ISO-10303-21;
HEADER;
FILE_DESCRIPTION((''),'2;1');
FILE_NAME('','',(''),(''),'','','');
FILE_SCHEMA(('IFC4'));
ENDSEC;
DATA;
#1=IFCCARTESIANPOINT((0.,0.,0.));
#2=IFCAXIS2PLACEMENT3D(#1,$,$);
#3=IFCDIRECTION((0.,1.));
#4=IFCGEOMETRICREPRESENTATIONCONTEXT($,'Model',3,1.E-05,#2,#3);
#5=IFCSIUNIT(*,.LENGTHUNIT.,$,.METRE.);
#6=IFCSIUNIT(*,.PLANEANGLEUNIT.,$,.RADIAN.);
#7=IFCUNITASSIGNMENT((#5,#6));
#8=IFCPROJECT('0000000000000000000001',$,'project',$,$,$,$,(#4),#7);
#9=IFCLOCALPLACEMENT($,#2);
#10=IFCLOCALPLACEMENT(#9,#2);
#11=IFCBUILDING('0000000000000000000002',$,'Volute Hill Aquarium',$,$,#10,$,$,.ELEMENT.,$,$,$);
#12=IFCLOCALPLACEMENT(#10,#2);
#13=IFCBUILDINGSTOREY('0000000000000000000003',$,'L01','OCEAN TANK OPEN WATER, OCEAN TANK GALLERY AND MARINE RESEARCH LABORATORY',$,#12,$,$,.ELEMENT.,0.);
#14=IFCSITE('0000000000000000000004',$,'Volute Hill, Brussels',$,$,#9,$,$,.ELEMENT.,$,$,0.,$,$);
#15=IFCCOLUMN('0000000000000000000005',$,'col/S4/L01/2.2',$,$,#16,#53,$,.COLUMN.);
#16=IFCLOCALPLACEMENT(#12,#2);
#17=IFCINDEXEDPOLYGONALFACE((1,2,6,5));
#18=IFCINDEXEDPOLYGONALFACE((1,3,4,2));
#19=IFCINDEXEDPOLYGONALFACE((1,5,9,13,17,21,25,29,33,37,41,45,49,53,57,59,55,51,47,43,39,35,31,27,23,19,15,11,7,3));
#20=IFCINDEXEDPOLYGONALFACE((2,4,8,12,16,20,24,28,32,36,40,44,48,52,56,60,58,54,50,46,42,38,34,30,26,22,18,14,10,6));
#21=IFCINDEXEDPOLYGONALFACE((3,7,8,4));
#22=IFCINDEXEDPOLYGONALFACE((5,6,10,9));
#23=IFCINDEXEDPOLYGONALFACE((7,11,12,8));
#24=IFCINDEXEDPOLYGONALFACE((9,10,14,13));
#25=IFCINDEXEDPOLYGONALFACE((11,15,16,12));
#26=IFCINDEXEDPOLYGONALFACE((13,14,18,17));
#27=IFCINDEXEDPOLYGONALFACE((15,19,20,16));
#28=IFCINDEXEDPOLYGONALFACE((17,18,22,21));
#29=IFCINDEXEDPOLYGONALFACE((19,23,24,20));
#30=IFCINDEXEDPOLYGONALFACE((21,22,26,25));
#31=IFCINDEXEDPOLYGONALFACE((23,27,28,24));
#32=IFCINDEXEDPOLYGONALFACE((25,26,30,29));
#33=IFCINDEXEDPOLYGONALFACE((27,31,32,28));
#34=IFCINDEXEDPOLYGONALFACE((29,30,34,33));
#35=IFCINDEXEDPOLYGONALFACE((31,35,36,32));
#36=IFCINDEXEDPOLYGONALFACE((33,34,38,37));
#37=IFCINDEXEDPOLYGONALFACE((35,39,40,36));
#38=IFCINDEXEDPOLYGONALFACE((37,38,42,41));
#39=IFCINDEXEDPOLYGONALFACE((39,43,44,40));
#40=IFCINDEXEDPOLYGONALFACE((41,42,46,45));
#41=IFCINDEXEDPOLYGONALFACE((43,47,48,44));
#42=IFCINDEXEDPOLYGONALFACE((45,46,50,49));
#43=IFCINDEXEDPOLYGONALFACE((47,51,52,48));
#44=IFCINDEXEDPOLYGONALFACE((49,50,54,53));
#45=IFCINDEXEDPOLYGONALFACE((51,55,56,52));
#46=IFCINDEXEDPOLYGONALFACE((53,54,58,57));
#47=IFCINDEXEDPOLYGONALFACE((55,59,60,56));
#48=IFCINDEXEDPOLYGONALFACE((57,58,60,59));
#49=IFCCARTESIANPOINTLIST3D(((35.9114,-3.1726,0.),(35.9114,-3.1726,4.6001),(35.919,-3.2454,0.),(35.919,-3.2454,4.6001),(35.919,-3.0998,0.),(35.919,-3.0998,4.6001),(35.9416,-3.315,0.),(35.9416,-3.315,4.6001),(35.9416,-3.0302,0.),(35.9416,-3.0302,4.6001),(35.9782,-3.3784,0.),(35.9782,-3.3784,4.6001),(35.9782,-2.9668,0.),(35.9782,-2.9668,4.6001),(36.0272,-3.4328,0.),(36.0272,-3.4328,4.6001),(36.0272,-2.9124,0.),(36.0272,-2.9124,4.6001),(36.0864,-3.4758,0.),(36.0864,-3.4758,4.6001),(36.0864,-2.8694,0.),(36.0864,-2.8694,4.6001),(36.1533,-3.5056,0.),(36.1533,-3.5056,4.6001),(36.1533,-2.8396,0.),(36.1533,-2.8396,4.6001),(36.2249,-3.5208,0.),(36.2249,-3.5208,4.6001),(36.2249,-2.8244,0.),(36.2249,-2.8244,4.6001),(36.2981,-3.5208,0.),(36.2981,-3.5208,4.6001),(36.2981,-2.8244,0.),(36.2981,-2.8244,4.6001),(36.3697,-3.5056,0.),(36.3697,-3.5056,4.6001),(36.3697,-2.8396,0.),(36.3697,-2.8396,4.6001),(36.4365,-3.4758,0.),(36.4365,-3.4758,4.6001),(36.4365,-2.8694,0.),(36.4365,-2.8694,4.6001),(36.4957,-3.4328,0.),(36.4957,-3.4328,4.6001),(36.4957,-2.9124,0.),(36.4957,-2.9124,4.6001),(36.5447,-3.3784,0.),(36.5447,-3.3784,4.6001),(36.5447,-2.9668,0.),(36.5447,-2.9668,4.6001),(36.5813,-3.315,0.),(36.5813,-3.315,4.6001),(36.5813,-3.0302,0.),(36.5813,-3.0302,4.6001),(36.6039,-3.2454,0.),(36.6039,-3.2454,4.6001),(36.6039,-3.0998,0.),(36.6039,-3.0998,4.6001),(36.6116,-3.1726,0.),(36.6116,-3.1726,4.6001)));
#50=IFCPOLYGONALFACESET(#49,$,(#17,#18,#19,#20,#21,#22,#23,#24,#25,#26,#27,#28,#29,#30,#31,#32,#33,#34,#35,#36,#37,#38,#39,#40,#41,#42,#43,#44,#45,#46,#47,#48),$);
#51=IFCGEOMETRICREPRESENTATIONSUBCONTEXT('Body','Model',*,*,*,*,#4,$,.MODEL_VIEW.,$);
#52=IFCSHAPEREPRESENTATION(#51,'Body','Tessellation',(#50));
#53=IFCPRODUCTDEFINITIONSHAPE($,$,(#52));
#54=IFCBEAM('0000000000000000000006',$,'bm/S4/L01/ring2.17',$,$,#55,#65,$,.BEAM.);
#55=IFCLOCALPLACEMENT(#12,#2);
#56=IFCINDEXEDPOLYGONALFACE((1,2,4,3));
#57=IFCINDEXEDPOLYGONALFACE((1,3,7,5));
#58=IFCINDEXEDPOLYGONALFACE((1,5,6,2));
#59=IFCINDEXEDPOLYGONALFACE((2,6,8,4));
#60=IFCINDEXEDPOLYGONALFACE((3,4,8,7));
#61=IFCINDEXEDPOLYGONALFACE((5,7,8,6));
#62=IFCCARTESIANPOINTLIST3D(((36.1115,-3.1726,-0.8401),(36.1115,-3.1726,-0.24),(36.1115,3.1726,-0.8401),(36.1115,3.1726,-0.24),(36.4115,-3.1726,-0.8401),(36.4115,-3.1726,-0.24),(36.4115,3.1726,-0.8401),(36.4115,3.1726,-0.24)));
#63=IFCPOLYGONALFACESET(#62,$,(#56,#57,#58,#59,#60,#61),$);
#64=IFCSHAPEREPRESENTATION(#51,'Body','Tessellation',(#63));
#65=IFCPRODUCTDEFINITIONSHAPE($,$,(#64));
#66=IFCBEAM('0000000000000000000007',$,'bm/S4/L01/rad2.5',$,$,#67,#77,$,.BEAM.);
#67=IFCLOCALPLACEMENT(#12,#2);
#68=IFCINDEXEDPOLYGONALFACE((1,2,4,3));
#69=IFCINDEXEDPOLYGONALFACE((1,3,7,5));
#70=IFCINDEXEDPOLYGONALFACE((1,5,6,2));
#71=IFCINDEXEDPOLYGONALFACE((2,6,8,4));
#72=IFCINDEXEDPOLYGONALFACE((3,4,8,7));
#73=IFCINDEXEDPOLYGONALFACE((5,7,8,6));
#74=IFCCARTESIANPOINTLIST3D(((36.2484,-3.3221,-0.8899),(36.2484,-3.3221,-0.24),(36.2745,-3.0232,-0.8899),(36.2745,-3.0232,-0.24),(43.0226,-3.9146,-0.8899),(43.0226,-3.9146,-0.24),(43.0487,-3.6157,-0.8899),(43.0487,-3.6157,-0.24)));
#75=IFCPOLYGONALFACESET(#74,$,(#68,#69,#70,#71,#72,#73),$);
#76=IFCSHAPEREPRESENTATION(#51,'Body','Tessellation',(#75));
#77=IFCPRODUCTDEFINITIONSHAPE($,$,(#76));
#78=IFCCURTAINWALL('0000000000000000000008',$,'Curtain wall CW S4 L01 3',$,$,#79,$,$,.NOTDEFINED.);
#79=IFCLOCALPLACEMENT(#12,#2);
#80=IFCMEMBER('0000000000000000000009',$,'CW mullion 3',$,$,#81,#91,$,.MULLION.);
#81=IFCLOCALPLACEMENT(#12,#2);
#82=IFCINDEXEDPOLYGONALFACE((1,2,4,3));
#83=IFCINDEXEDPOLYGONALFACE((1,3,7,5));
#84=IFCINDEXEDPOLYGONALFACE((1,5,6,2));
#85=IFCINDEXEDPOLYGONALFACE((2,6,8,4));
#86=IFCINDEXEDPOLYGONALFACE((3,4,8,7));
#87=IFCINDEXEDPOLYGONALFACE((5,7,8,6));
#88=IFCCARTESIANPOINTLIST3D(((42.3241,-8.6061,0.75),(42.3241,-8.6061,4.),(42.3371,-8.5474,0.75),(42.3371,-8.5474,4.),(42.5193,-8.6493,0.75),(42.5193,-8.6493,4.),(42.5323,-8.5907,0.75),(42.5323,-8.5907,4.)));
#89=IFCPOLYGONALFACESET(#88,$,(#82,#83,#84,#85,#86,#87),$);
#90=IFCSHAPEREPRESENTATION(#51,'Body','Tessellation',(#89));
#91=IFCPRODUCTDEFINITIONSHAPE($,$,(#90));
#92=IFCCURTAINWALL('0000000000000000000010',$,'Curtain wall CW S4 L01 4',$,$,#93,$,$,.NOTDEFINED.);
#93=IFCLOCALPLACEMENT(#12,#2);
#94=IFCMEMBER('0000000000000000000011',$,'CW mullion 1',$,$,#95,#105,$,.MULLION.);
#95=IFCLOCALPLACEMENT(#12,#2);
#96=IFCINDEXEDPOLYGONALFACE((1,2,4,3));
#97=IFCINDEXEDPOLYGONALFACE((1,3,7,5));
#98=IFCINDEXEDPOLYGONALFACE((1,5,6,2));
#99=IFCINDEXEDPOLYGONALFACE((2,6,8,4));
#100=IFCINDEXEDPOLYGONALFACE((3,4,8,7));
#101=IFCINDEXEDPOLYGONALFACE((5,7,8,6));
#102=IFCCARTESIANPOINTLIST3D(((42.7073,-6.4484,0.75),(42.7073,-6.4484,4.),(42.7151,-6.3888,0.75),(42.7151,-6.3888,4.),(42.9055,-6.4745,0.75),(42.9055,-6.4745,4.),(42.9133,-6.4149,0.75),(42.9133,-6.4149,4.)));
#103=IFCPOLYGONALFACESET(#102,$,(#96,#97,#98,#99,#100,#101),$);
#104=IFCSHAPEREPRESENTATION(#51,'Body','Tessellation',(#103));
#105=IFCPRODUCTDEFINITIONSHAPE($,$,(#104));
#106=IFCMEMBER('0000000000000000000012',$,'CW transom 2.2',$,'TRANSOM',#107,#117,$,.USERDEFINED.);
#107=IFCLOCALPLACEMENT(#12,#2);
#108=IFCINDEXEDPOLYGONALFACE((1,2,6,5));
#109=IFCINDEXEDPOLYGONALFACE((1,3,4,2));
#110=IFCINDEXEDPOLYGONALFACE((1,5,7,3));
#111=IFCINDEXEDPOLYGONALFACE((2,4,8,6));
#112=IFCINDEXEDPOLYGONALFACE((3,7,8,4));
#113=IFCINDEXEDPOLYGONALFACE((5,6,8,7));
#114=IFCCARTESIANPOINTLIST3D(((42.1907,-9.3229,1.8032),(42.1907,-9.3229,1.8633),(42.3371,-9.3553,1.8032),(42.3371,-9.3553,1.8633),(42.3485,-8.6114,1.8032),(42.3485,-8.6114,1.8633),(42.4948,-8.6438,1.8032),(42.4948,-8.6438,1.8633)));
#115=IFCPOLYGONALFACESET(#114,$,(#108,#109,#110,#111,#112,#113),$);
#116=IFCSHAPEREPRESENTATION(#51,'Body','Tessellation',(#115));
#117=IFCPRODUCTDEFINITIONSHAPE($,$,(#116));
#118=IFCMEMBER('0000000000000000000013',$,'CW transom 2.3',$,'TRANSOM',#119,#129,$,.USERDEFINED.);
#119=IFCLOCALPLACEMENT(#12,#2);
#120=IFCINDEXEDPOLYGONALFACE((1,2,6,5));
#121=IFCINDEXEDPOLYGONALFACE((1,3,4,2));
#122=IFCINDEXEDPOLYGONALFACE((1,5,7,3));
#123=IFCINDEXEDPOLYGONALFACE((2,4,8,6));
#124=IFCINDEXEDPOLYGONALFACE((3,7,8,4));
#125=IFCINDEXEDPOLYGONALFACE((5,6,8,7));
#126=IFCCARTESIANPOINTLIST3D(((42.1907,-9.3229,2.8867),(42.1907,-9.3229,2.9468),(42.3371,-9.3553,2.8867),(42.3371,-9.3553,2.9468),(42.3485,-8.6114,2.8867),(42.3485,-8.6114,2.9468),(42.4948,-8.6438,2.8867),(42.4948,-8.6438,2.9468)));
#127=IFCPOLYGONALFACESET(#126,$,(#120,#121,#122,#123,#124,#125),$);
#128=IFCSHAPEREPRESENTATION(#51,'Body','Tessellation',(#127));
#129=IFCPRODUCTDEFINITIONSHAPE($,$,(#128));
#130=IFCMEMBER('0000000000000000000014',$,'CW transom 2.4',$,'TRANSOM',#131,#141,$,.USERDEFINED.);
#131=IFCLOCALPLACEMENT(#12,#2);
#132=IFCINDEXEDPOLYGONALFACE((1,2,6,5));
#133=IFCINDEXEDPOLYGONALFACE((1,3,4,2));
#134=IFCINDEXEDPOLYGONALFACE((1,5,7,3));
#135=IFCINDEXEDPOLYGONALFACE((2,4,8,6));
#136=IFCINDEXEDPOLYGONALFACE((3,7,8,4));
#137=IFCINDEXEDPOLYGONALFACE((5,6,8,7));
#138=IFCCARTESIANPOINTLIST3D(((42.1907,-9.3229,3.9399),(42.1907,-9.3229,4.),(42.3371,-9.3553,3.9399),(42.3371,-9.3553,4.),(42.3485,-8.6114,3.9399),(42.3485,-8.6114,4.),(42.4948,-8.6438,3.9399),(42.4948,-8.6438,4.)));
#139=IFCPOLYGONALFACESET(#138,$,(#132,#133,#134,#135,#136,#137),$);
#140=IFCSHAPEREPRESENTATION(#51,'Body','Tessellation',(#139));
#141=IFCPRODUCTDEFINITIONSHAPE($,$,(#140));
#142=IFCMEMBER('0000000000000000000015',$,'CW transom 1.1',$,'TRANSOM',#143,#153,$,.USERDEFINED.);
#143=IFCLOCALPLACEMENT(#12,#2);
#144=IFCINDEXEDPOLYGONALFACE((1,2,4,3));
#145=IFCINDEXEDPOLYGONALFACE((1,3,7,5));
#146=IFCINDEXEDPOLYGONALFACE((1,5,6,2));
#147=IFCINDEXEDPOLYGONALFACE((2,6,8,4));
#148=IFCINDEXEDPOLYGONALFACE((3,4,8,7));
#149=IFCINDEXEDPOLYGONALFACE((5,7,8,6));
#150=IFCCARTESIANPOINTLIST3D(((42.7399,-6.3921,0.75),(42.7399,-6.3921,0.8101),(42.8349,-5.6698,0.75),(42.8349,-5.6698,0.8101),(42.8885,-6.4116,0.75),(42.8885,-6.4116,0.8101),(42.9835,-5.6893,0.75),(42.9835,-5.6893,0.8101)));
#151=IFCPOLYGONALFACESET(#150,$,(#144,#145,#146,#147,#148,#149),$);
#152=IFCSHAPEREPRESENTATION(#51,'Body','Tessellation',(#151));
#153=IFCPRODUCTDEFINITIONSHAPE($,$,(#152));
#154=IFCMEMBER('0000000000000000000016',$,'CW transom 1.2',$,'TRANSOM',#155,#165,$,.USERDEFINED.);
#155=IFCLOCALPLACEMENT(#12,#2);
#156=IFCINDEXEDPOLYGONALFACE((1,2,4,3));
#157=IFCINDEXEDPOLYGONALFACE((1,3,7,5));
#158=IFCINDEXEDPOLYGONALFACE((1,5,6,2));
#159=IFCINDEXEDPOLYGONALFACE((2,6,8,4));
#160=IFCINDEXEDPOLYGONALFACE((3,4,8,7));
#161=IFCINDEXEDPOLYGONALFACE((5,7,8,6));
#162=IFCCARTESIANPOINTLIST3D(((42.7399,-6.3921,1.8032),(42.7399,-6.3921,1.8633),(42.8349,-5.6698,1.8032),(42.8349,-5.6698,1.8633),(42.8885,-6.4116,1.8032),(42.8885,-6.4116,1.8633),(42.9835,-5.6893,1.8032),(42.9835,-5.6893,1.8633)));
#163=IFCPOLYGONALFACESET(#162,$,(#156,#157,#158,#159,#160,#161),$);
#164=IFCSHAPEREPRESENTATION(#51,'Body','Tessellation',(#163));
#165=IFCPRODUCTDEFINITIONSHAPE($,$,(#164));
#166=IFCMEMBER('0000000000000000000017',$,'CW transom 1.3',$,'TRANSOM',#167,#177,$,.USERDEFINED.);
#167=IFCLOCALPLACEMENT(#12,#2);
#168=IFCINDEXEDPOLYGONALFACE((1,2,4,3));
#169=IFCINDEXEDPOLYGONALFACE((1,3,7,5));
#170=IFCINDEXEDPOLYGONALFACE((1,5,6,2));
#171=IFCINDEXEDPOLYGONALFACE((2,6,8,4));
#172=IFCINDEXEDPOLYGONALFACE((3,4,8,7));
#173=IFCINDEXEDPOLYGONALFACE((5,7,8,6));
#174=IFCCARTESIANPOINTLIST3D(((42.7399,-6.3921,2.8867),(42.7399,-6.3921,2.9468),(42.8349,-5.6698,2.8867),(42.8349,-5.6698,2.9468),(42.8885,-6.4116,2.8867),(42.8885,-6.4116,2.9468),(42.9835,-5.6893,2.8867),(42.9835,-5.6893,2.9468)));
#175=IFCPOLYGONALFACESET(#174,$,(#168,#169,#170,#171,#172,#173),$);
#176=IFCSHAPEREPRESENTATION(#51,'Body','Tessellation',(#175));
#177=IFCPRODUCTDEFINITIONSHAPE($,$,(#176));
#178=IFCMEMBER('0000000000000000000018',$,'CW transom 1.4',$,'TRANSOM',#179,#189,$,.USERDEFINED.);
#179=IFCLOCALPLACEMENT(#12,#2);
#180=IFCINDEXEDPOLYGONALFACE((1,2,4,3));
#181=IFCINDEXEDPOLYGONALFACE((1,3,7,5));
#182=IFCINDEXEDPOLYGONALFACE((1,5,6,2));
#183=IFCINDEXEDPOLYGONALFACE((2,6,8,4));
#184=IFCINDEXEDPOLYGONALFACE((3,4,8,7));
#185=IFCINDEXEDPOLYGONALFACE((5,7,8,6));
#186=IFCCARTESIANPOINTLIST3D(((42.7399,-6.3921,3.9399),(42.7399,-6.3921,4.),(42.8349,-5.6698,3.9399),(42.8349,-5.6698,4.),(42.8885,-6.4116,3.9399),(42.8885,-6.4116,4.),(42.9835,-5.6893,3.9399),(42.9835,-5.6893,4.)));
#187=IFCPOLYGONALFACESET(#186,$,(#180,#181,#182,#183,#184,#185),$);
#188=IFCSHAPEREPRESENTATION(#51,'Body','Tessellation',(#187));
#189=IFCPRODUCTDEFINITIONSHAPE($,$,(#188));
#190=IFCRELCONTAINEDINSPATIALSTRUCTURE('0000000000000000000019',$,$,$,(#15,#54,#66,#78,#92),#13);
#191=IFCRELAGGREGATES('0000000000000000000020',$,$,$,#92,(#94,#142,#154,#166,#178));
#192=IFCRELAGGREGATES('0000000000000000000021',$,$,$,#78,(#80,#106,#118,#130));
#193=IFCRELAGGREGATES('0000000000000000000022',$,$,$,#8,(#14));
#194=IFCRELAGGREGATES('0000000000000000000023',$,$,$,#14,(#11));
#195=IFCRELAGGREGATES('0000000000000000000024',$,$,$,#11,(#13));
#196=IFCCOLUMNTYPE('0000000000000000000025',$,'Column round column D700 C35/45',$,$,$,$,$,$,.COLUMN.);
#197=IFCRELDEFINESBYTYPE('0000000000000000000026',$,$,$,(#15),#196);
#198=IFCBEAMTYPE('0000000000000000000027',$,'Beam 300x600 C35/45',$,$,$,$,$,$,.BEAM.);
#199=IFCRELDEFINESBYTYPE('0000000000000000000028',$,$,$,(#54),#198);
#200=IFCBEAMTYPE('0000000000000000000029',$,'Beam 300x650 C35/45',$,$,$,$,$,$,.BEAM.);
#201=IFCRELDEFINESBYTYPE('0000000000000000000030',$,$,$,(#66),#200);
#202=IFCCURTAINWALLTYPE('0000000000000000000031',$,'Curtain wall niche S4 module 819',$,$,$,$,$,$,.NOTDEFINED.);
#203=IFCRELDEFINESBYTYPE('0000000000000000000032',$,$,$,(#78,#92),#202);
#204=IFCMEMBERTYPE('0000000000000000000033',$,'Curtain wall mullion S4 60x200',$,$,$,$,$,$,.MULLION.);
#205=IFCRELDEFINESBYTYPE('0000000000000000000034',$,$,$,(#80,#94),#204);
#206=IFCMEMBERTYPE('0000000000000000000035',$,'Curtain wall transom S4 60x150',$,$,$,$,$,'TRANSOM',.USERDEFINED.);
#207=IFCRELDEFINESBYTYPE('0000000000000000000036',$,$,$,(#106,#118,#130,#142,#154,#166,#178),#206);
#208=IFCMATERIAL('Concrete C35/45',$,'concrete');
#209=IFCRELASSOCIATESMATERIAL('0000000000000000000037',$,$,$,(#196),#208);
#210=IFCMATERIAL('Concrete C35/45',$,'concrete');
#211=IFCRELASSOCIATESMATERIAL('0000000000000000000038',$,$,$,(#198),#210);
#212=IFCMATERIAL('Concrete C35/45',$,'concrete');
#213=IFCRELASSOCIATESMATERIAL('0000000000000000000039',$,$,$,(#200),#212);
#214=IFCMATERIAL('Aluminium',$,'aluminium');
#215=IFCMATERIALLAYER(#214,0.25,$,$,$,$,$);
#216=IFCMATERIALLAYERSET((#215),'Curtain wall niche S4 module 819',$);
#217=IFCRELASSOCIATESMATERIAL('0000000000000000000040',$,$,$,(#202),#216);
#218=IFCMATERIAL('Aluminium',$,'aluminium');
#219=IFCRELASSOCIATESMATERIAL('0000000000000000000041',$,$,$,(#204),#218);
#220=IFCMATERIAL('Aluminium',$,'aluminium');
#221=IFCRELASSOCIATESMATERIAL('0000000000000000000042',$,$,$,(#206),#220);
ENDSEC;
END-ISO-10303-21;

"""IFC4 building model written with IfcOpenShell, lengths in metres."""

from ifc_helpers import new_model, si_unit, direction, frame, origin, origin_2d, place, context, subcontext, project, spatial, rectangle, circle, extrude, material, layer, layer_set, material_profile, profile_set, type_object, element, aggregate, save


model = new_model("IFC4")

# Units and contexts
model_context = context("Model", 3, precision=1e-05, world=origin(), true_north=direction((0.0, 1.0)))
body_context = subcontext(model_context, "Body", "Model", "MODEL_VIEW")
ifc_project = project(units=[si_unit("LENGTHUNIT", "METRE"), si_unit("PLANEANGLEUNIT", "RADIAN")], contexts=[model_context])

# Site, building, storey
site_placement = place(None, origin())
site = spatial("IfcSite", under=ifc_project, at=site_placement, Name="Volute Hill, Brussels", CompositionType="ELEMENT", RefElevation=0.0)
building_placement = place(site_placement, origin())
building = spatial("IfcBuilding", under=site, at=building_placement, Name="Volute Hill Aquarium", CompositionType="ELEMENT")
storey_placement = place(building_placement, origin())
storey = spatial("IfcBuildingStorey", under=building, at=storey_placement, Name="L01", Description="OCEAN TANK OPEN WATER, OCEAN TANK GALLERY AND MARINE RESEARCH LABORATORY", CompositionType="ELEMENT", Elevation=0.0)

# Column
ifc_material_1 = material(Name="Concrete C35/45", Category="concrete")
ifc_material_profile_1 = material_profile(ifc_material_1, circle(Radius=0.3501, at=origin_2d()), Name="RC round column D700")
ifc_profile_set_1 = profile_set([ifc_material_profile_1], Name="Concrete C35/45")
column_type = type_object("IfcColumnType", Name="Column round column D700 C35/45", PredefinedType="COLUMN", material=ifc_profile_set_1)
column_placement = place(storey_placement, frame((36.2615, -3.1726, 0.0), z_axis=(0.0, 0.0, 1.0), x_axis=(1.0, 0.0, 0.0)))
element("IfcColumn", 1, at=column_placement, inside=storey, type_object=column_type, Name="col/S4/L01/2.2", PredefinedType="COLUMN", context=body_context, shape_type="SweptSolid", body=[
    extrude(circle(Radius=0.3501, at=origin_2d()), origin(), (0.0, 0.0, 1.0), 4.6001),
])

# Beams
ifc_material_2 = material(Name="Concrete C35/45", Category="concrete")
ifc_material_profile_2 = material_profile(ifc_material_2, rectangle(XDim=0.3, YDim=0.6001, at=origin_2d()), Name="RC beam 300x600")
ifc_profile_set_2 = profile_set([ifc_material_profile_2], Name="Concrete C35/45")
beam_type_1 = type_object("IfcBeamType", Name="Beam 300x600 C35/45", PredefinedType="BEAM", material=ifc_profile_set_2)
beam_1_placement = place(storey_placement, frame((36.2615, -3.1726, -0.54), z_axis=(0.0, 1.0, 0.0), x_axis=(-1.0, 0.0, 0.0)))
element("IfcBeam", 2, at=beam_1_placement, inside=storey, type_object=beam_type_1, Name="bm/S4/L01/ring2.17", PredefinedType="BEAM", context=body_context, shape_type="SweptSolid", body=[
    extrude(rectangle(XDim=0.3, YDim=0.6001, at=origin_2d()), origin(), (0.0, 0.0, 1.0), 6.3452),
])
ifc_material_3 = material(Name="Concrete C35/45", Category="concrete")
ifc_material_profile_3 = material_profile(ifc_material_3, rectangle(XDim=0.3, YDim=0.6499, at=origin_2d()), Name="RC beam 300x650")
ifc_profile_set_3 = profile_set([ifc_material_profile_3], Name="Concrete C35/45")
beam_type_2 = type_object("IfcBeamType", Name="Beam 300x650 C35/45", PredefinedType="BEAM", material=ifc_profile_set_3)
beam_2_placement = place(storey_placement, frame((36.2615, -3.1726, -0.5649), z_axis=(0.996196, -0.087136, 0.0), x_axis=(0.087136, 0.996196, 0.0)))
element("IfcBeam", 3, at=beam_2_placement, inside=storey, type_object=beam_type_2, Name="bm/S4/L01/rad2.5", PredefinedType="BEAM", context=body_context, shape_type="SweptSolid", body=[
    extrude(rectangle(XDim=0.3, YDim=0.6499, at=origin_2d()), origin(), (0.0, 0.0, 1.0), 6.8),
])

# Curtain walls, members
ifc_material_4 = material(Name="Aluminium", Category="aluminium")
ifc_layer_1 = layer(ifc_material_4, 0.25)
ifc_layer_set_1 = layer_set([ifc_layer_1], Name="Curtain wall niche S4 module 819")
curtain_wall_type = type_object("IfcCurtainWallType", Name="Curtain wall niche S4 module 819", PredefinedType="NOTDEFINED", material=ifc_layer_set_1)
curtain_wall_1_placement = place(storey_placement, origin())
curtain_wall_1 = element("IfcCurtainWall", 4, at=curtain_wall_1_placement, inside=storey, type_object=curtain_wall_type, Name="Curtain wall CW S4 L01 3", PredefinedType="NOTDEFINED")
ifc_material_5 = material(Name="Aluminium", Category="aluminium")
ifc_material_profile_4 = material_profile(ifc_material_5, rectangle(XDim=0.2, YDim=0.0601, at=origin_2d()), Name="Curtain wall mullion S4 60x200")
ifc_profile_set_4 = profile_set([ifc_material_profile_4], Name="Aluminium")
member_type_1 = type_object("IfcMemberType", Name="Curtain wall mullion S4 60x200", PredefinedType="MULLION", material=ifc_profile_set_4)
member_1_placement = place(storey_placement, frame((42.4282, -8.5984, 0.75), z_axis=(0.0, 0.0, 1.0), x_axis=(-0.976298, 0.216432, 0.0)))
member_1 = element("IfcMember", 5, at=member_1_placement, type_object=member_type_1, Name="CW mullion 3", PredefinedType="MULLION", context=body_context, shape_type="SweptSolid", body=[
    extrude(rectangle(XDim=0.2, YDim=0.0601, at=origin_2d()), origin(), (0.0, 0.0, 1.0), 3.25),
])
curtain_wall_2_placement = place(storey_placement, origin())
curtain_wall_2 = element("IfcCurtainWall", 6, at=curtain_wall_2_placement, inside=storey, type_object=curtain_wall_type, Name="Curtain wall CW S4 L01 4", PredefinedType="NOTDEFINED")
member_2_placement = place(storey_placement, frame((42.8103, -6.4316, 0.75), z_axis=(0.0, 0.0, 1.0), x_axis=(-0.991446, 0.130516, 0.0)))
member_2 = element("IfcMember", 7, at=member_2_placement, type_object=member_type_1, Name="CW mullion 1", PredefinedType="MULLION", context=body_context, shape_type="SweptSolid", body=[
    extrude(rectangle(XDim=0.2, YDim=0.0601, at=origin_2d()), origin(), (0.0, 0.0, 1.0), 3.25),
])

# Members
ifc_material_6 = material(Name="Aluminium", Category="aluminium")
ifc_material_profile_5 = material_profile(ifc_material_6, rectangle(XDim=0.1499, YDim=0.0601, at=origin_2d()), Name="Curtain wall transom S4 60x150")
ifc_profile_set_5 = profile_set([ifc_material_profile_5], Name="Aluminium")
member_type_2 = type_object("IfcMemberType", Name="Curtain wall transom S4 60x150", ElementType="TRANSOM", PredefinedType="USERDEFINED", material=ifc_profile_set_5)
member_3_placement = place(storey_placement, frame((42.2639, -9.3391, 1.8333), z_axis=(0.216434, 0.976297, 0.0), x_axis=(-0.976297, 0.216434, 0.0)))
member_3 = element("IfcMember", 8, at=member_3_placement, type_object=member_type_2, Name="CW transom 2.2", ObjectType="TRANSOM", PredefinedType="USERDEFINED", context=body_context, shape_type="SweptSolid", body=[
    extrude(rectangle(XDim=0.1499, YDim=0.0601, at=origin_2d()), origin(), (0.0, 0.0, 1.0), 0.7288),
])
member_4_placement = place(storey_placement, frame((42.2639, -9.3391, 2.9167), z_axis=(0.216434, 0.976297, 0.0), x_axis=(-0.976297, 0.216434, 0.0)))
member_4 = element("IfcMember", 9, at=member_4_placement, type_object=member_type_2, Name="CW transom 2.3", ObjectType="TRANSOM", PredefinedType="USERDEFINED", context=body_context, shape_type="SweptSolid", body=[
    extrude(rectangle(XDim=0.1499, YDim=0.0601, at=origin_2d()), origin(), (0.0, 0.0, 1.0), 0.7288),
])
member_5_placement = place(storey_placement, frame((42.2639, -9.3391, 3.97), z_axis=(0.216434, 0.976297, 0.0), x_axis=(-0.976297, 0.216434, 0.0)))
member_5 = element("IfcMember", 10, at=member_5_placement, type_object=member_type_2, Name="CW transom 2.4", ObjectType="TRANSOM", PredefinedType="USERDEFINED", context=body_context, shape_type="SweptSolid", body=[
    extrude(rectangle(XDim=0.1499, YDim=0.0601, at=origin_2d()), origin(), (0.0, 0.0, 1.0), 0.7288),
])
member_6_placement = place(storey_placement, frame((42.8142, -6.4019, 0.78), z_axis=(0.130342, 0.991469, 0.0), x_axis=(-0.991469, 0.130342, 0.0)))
member_6 = element("IfcMember", 11, at=member_6_placement, type_object=member_type_2, Name="CW transom 1.1", ObjectType="TRANSOM", PredefinedType="USERDEFINED", context=body_context, shape_type="SweptSolid", body=[
    extrude(rectangle(XDim=0.1499, YDim=0.0601, at=origin_2d()), origin(), (0.0, 0.0, 1.0), 0.7285),
])
member_7_placement = place(storey_placement, frame((42.8142, -6.4019, 1.8333), z_axis=(0.130342, 0.991469, 0.0), x_axis=(-0.991469, 0.130342, 0.0)))
member_7 = element("IfcMember", 12, at=member_7_placement, type_object=member_type_2, Name="CW transom 1.2", ObjectType="TRANSOM", PredefinedType="USERDEFINED", context=body_context, shape_type="SweptSolid", body=[
    extrude(rectangle(XDim=0.1499, YDim=0.0601, at=origin_2d()), origin(), (0.0, 0.0, 1.0), 0.7285),
])
member_8_placement = place(storey_placement, frame((42.8142, -6.4019, 2.9167), z_axis=(0.130342, 0.991469, 0.0), x_axis=(-0.991469, 0.130342, 0.0)))
member_8 = element("IfcMember", 13, at=member_8_placement, type_object=member_type_2, Name="CW transom 1.3", ObjectType="TRANSOM", PredefinedType="USERDEFINED", context=body_context, shape_type="SweptSolid", body=[
    extrude(rectangle(XDim=0.1499, YDim=0.0601, at=origin_2d()), origin(), (0.0, 0.0, 1.0), 0.7285),
])
member_9_placement = place(storey_placement, frame((42.8142, -6.4019, 3.97), z_axis=(0.130342, 0.991469, 0.0), x_axis=(-0.991469, 0.130342, 0.0)))
member_9 = element("IfcMember", 14, at=member_9_placement, type_object=member_type_2, Name="CW transom 1.4", ObjectType="TRANSOM", PredefinedType="USERDEFINED", context=body_context, shape_type="SweptSolid", body=[
    extrude(rectangle(XDim=0.1499, YDim=0.0601, at=origin_2d()), origin(), (0.0, 0.0, 1.0), 0.7285),
])
aggregate(curtain_wall_2, [member_2, member_6, member_7, member_8, member_9])

aggregate(curtain_wall_1, [member_1, member_3, member_4, member_5])

save(model, "model.ifc")
